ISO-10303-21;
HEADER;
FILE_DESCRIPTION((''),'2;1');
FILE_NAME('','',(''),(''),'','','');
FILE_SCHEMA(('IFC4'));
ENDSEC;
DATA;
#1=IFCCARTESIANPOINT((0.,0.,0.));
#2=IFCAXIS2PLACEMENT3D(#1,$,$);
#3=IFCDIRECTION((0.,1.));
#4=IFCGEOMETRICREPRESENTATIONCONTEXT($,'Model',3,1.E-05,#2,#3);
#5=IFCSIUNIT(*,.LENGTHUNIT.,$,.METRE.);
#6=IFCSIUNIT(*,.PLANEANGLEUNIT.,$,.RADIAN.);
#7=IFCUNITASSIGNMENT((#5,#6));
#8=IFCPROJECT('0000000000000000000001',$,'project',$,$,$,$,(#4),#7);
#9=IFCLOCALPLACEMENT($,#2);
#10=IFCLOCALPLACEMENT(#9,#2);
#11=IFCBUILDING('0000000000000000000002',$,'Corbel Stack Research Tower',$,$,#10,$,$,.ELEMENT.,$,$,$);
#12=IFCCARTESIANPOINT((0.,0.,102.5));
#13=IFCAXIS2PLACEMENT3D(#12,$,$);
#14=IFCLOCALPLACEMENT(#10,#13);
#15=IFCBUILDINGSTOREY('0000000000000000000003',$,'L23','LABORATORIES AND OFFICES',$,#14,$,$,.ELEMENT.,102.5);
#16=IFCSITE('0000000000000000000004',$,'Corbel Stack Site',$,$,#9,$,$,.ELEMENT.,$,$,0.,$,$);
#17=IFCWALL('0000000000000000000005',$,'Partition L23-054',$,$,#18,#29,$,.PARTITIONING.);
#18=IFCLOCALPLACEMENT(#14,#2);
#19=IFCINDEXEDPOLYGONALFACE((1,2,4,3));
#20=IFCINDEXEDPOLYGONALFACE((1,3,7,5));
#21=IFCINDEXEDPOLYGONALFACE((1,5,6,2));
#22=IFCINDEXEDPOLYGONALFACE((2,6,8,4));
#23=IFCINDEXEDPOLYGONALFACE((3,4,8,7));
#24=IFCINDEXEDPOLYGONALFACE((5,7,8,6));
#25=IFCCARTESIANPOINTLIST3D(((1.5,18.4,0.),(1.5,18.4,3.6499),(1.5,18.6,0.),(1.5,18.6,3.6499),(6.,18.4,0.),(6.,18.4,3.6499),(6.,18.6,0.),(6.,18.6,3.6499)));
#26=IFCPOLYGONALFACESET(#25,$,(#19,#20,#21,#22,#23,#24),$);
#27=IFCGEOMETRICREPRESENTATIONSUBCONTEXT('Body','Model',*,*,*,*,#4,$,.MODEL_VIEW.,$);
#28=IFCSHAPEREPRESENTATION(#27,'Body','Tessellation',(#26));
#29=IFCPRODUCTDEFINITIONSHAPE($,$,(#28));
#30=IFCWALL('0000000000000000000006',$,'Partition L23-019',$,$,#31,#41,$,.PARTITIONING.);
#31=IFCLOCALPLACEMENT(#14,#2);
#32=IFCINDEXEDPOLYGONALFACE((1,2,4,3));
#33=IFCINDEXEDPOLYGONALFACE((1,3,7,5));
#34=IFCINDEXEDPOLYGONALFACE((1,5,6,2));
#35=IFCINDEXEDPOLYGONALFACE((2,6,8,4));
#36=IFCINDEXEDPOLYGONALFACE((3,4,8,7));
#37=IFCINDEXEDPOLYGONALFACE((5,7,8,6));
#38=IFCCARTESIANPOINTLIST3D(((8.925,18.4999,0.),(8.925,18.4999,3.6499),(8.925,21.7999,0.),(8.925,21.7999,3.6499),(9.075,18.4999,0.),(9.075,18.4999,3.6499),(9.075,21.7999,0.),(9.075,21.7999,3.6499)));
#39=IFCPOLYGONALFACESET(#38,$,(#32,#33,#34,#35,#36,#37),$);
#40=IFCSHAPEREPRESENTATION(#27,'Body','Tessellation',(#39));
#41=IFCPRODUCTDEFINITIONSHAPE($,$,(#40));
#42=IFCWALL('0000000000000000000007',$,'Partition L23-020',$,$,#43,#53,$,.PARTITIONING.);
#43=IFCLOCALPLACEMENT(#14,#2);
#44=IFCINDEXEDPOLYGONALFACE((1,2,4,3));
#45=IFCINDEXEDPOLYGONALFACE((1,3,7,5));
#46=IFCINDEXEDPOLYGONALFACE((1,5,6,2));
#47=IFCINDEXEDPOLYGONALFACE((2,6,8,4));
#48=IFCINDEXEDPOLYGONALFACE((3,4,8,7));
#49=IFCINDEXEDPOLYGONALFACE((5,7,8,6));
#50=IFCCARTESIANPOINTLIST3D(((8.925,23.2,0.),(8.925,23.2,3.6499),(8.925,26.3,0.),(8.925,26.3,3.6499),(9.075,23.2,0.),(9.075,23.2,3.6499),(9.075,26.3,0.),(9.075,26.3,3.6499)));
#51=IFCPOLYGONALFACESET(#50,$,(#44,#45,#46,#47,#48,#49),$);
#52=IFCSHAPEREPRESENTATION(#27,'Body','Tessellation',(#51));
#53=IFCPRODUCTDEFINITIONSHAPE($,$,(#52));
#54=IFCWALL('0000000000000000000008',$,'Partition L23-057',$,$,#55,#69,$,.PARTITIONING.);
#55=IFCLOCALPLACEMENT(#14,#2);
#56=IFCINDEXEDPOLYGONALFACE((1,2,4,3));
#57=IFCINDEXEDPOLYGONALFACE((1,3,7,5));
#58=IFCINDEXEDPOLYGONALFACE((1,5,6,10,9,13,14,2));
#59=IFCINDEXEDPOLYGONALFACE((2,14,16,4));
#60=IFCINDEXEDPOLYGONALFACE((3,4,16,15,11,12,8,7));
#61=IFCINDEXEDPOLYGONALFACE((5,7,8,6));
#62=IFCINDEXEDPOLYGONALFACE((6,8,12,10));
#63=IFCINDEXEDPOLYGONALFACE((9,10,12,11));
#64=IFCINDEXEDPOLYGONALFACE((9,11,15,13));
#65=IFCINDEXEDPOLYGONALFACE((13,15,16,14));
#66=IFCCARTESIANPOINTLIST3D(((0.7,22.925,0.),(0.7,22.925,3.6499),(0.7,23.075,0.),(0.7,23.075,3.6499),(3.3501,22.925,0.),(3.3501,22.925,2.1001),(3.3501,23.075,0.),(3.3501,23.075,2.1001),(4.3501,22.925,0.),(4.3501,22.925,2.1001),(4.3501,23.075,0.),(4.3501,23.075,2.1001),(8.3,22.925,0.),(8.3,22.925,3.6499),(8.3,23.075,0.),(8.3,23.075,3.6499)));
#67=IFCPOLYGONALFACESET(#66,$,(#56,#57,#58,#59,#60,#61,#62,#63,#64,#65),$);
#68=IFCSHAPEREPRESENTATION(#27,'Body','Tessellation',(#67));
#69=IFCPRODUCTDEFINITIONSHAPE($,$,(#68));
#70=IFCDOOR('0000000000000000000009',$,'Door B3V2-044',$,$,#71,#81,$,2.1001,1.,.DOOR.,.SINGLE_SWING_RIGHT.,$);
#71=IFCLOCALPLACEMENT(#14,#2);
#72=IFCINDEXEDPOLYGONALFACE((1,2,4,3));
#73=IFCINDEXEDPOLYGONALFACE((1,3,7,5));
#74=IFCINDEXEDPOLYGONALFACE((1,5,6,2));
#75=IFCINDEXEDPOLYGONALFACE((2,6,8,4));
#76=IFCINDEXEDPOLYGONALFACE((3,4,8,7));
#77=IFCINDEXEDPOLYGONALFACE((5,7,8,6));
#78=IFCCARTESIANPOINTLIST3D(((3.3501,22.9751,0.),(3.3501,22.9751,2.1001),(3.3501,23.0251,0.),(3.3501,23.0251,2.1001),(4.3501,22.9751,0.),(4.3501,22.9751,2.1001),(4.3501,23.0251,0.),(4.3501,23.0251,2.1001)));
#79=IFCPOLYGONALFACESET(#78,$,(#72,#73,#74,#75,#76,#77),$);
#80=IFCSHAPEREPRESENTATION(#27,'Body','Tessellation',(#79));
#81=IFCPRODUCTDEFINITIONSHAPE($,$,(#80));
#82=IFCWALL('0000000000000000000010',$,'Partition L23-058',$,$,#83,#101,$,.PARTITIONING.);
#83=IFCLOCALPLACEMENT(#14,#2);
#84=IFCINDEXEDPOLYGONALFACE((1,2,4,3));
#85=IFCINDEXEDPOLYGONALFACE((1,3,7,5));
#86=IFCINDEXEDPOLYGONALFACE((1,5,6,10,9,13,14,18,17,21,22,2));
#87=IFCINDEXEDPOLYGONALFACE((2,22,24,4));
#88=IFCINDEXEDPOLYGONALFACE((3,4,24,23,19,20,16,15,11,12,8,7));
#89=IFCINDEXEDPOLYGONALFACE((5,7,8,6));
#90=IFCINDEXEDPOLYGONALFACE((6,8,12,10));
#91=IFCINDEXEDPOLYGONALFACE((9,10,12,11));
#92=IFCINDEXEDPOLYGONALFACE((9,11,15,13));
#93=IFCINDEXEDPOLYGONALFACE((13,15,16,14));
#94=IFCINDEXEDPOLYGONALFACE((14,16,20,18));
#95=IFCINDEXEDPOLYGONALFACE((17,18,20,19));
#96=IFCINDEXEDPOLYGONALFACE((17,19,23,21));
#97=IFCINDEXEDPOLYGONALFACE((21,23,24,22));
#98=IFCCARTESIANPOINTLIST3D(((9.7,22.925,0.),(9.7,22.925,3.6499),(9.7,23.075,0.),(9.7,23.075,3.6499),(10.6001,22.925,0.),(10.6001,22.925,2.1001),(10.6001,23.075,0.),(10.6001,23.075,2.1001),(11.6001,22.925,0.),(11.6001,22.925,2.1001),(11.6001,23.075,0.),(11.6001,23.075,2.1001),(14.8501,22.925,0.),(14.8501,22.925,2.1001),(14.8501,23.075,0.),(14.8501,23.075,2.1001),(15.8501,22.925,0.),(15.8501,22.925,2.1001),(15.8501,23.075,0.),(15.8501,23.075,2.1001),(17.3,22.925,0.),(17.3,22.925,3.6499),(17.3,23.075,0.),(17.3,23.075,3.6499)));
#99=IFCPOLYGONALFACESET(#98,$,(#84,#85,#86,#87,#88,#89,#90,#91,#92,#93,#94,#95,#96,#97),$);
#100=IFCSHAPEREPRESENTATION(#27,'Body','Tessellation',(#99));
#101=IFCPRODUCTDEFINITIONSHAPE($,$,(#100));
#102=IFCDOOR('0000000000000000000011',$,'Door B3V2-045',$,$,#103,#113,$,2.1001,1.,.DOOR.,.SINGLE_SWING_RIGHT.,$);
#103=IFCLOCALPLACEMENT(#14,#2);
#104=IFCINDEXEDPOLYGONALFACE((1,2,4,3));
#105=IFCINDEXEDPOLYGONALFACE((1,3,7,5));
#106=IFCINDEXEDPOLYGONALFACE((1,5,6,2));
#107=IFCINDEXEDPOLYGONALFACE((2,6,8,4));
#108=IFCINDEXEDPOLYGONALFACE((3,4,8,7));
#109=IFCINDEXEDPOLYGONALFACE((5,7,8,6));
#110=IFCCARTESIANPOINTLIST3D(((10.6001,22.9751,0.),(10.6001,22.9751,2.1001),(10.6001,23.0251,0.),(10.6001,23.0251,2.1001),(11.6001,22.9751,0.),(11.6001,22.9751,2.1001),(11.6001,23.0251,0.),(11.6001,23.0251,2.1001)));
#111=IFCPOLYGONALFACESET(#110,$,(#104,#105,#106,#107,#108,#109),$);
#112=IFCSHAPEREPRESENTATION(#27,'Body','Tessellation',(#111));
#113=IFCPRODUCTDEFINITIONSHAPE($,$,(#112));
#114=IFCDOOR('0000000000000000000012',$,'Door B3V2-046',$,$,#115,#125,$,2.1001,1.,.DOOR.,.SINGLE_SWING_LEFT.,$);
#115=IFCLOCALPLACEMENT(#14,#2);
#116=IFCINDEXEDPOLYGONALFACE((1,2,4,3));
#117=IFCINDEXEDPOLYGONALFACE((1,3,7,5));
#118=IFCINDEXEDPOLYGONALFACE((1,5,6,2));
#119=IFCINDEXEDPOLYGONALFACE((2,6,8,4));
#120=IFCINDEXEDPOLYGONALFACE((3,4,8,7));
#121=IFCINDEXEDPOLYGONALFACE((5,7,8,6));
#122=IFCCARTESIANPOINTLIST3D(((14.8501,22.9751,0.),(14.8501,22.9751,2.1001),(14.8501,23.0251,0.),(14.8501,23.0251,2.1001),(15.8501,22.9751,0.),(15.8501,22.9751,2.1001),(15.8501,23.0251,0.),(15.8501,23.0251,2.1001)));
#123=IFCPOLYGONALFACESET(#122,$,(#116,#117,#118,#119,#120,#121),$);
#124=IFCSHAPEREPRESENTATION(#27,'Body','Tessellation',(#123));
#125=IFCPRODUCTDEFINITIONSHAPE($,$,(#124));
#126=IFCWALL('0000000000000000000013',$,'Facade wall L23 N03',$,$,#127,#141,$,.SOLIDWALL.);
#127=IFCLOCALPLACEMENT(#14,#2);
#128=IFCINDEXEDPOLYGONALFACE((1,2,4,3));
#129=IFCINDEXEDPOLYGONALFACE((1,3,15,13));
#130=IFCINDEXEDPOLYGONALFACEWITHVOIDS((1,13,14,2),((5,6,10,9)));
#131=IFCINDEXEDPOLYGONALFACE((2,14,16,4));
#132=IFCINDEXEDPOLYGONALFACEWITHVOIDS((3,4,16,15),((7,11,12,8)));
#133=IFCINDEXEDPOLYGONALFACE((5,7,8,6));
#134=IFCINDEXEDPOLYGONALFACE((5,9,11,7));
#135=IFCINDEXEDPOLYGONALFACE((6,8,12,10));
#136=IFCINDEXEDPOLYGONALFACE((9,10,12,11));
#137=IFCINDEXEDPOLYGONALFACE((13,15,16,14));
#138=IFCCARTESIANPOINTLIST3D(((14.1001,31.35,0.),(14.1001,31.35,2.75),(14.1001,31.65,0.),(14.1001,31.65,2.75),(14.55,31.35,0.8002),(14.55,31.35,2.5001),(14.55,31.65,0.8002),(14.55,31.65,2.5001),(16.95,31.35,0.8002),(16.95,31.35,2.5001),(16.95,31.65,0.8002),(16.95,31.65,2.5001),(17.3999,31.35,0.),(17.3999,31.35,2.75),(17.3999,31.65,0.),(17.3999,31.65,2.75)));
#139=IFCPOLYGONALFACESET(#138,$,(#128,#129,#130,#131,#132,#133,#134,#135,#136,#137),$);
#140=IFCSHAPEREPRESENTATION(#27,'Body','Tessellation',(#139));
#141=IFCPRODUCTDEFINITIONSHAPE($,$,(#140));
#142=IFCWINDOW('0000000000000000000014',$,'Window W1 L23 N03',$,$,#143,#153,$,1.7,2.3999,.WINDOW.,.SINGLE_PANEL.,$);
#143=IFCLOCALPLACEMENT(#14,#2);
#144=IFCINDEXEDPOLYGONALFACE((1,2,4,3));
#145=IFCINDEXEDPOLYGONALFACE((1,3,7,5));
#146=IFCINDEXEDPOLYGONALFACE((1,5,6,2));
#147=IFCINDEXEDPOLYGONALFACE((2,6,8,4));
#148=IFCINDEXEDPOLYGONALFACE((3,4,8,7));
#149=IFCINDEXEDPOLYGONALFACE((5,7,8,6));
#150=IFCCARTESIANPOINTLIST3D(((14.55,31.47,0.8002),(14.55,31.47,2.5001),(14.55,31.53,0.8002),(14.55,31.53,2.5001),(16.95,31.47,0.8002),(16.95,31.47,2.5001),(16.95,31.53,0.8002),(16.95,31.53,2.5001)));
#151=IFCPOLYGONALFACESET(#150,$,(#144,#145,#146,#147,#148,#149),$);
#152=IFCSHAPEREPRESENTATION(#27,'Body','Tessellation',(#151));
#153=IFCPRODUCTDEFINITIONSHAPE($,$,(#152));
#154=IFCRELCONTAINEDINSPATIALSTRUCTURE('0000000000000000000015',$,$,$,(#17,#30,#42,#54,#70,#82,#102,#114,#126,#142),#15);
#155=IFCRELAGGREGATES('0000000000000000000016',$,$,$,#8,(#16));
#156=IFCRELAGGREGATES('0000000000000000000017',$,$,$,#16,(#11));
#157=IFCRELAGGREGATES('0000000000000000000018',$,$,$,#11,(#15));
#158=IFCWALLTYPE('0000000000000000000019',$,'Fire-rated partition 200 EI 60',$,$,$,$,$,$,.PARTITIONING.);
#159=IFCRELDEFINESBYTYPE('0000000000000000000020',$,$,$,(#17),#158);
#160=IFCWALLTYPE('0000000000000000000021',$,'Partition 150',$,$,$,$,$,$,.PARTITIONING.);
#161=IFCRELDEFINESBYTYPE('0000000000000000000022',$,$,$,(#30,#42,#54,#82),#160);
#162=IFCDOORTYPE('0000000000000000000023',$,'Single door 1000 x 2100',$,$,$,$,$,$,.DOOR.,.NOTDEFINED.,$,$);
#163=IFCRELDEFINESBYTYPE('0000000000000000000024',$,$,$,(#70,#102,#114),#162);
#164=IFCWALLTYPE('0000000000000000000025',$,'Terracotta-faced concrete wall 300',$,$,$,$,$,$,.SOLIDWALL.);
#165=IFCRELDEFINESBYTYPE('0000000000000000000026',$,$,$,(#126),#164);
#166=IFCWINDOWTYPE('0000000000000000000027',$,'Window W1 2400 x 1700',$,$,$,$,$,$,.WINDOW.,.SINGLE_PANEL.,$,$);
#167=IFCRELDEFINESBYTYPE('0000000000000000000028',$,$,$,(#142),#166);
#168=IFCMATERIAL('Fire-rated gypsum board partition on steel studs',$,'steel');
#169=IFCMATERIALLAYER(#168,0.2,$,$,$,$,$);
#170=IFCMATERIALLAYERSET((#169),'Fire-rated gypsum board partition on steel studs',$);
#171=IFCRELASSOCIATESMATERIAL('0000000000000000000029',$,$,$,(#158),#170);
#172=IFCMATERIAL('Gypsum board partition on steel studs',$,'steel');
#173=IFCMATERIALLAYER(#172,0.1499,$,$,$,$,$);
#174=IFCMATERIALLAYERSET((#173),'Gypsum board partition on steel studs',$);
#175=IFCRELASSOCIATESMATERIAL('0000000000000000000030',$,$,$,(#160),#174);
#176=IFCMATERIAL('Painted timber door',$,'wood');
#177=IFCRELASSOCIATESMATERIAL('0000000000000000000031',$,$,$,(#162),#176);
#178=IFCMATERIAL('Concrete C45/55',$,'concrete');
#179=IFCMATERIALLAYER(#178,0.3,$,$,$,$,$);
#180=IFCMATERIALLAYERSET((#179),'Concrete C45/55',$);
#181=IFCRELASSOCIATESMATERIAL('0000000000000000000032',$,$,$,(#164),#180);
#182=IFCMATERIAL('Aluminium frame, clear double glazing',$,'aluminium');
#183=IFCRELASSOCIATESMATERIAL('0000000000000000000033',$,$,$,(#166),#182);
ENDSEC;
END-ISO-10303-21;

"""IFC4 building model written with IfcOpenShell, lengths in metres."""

from ifc_helpers import new_model, si_unit, direction, frame, frame_2d, origin, place, context, subcontext, project, spatial, rectangle, extrude, material, layer, layer_set, type_object, element, fill, save


model = new_model("IFC4")

# Units and contexts
model_context = context("Model", 3, precision=1e-05, world=origin(), true_north=direction((0.0, 1.0)))
body_context = subcontext(model_context, "Body", "Model", "MODEL_VIEW")
ifc_project = project(units=[si_unit("LENGTHUNIT", "METRE"), si_unit("PLANEANGLEUNIT", "RADIAN")], contexts=[model_context])

# Site, building, storey
site_placement = place(None, origin())
site = spatial("IfcSite", under=ifc_project, at=site_placement, Name="Corbel Stack Site", CompositionType="ELEMENT", RefElevation=0.0)
building_placement = place(site_placement, origin())
building = spatial("IfcBuilding", under=site, at=building_placement, Name="Corbel Stack Research Tower", CompositionType="ELEMENT")
storey_placement = place(building_placement, frame((0.0, 0.0, 102.5)))
storey = spatial("IfcBuildingStorey", under=building, at=storey_placement, Name="L23", Description="LABORATORIES AND OFFICES", CompositionType="ELEMENT", Elevation=102.5)

# Walls
ifc_material_1 = material(Name="Fire-rated gypsum board partition on steel studs", Category="steel")
ifc_layer_1 = layer(ifc_material_1, 0.2)
ifc_layer_set_1 = layer_set([ifc_layer_1], Name="Fire-rated gypsum board partition on steel studs")
wall_type_1 = type_object("IfcWallType", Name="Fire-rated partition 200 EI 60", PredefinedType="PARTITIONING", material=ifc_layer_set_1)
wall_1_placement = place(storey_placement, frame((1.5, 18.5, 0.0), z_axis=(0.0, 0.0, 1.0), x_axis=(1.0, 0.0, 0.0)))
element("IfcWall", 1, at=wall_1_placement, inside=storey, type_object=wall_type_1, Name="Partition L23-054", PredefinedType="PARTITIONING", context=body_context, shape_type="SweptSolid", body=[
    extrude(rectangle(XDim=4.5, YDim=0.2, at=frame_2d((2.25, 0.0))), origin(), (0.0, 0.0, 1.0), 3.6499),
])
ifc_material_2 = material(Name="Gypsum board partition on steel studs", Category="steel")
ifc_layer_2 = layer(ifc_material_2, 0.1499)
ifc_layer_set_2 = layer_set([ifc_layer_2], Name="Gypsum board partition on steel studs")
wall_type_2 = type_object("IfcWallType", Name="Partition 150", PredefinedType="PARTITIONING", material=ifc_layer_set_2)
wall_2_placement = place(storey_placement, frame((9.0, 18.5, 0.0), z_axis=(0.0, 0.0, 1.0), x_axis=(0.0, 1.0, 0.0)))
element("IfcWall", 2, at=wall_2_placement, inside=storey, type_object=wall_type_2, Name="Partition L23-019", PredefinedType="PARTITIONING", context=body_context, shape_type="SweptSolid", body=[
    extrude(rectangle(XDim=3.3, YDim=0.1499, at=frame_2d((1.6499, 0.0))), origin(), (0.0, 0.0, 1.0), 3.6499),
])
wall_3_placement = place(storey_placement, frame((9.0, 23.2, 0.0), z_axis=(0.0, 0.0, 1.0), x_axis=(0.0, 1.0, 0.0)))
element("IfcWall", 3, at=wall_3_placement, inside=storey, type_object=wall_type_2, Name="Partition L23-020", PredefinedType="PARTITIONING", context=body_context, shape_type="SweptSolid", body=[
    extrude(rectangle(XDim=3.1001, YDim=0.1499, at=frame_2d((1.55, 0.0))), origin(), (0.0, 0.0, 1.0), 3.6499),
])

# Wall, opening, door
wall_4_placement = place(storey_placement, frame((8.3, 23.0, 0.0), z_axis=(0.0, 0.0, 1.0), x_axis=(-1.0, 0.0, 0.0)))
wall_4 = element("IfcWall", 4, at=wall_4_placement, inside=storey, type_object=wall_type_2, Name="Partition L23-057", PredefinedType="PARTITIONING", context=body_context, shape_type="SweptSolid", body=[
    extrude(rectangle(XDim=7.6001, YDim=0.1499, at=frame_2d((3.8, 0.0))), origin(), (0.0, 0.0, 1.0), 3.6499),
])
opening_1_placement = place(wall_4_placement, frame((3.95, 0.0, 0.0)))
opening_1 = element("IfcOpeningElement", 5, at=opening_1_placement, cuts=wall_4, PredefinedType="OPENING", context=body_context, shape_type="SweptSolid", body=[
    extrude(rectangle(XDim=1.0, YDim=2.1001, at=frame_2d((0.5, 1.05))), frame((0.0, 0.085, 0.0), z_axis=(0.0, -1.0, 0.0), x_axis=(1.0, 0.0, 0.0)), (0.0, 0.0, 1.0), 0.1699),
])
ifc_material_3 = material(Name="Painted timber door", Category="wood")
door_type_1 = type_object("IfcDoorType", Name="Single door 1000 x 2100", OperationType="NOTDEFINED", PredefinedType="DOOR", material=ifc_material_3)
door_1_placement = place(opening_1_placement, origin())
door_1 = element("IfcDoor", 6, at=door_1_placement, inside=storey, type_object=door_type_1, Name="Door B3V2-044", OperationType="SINGLE_SWING_RIGHT", OverallHeight=2.1001, OverallWidth=1.0, PredefinedType="DOOR", context=body_context, shape_type="SweptSolid", body=[
    extrude(rectangle(XDim=1.0, YDim=2.1001, at=frame_2d((0.5, 1.05))), frame((0.0, 0.0249, 0.0), z_axis=(0.0, -1.0, 0.0), x_axis=(1.0, 0.0, 0.0)), (0.0, 0.0, 1.0), 0.05),
])
fill(opening_1, door_1)

# Wall, openings, doors
wall_5_placement = place(storey_placement, frame((17.3, 23.0, 0.0), z_axis=(0.0, 0.0, 1.0), x_axis=(-1.0, 0.0, 0.0)))
wall_5 = element("IfcWall", 7, at=wall_5_placement, inside=storey, type_object=wall_type_2, Name="Partition L23-058", PredefinedType="PARTITIONING", context=body_context, shape_type="SweptSolid", body=[
    extrude(rectangle(XDim=7.6001, YDim=0.1499, at=frame_2d((3.8, 0.0))), origin(), (0.0, 0.0, 1.0), 3.6499),
])
opening_2_placement = place(wall_5_placement, frame((5.7, 0.0, 0.0)))
opening_2 = element("IfcOpeningElement", 8, at=opening_2_placement, cuts=wall_5, PredefinedType="OPENING", context=body_context, shape_type="SweptSolid", body=[
    extrude(rectangle(XDim=1.0, YDim=2.1001, at=frame_2d((0.5, 1.05))), frame((0.0, 0.085, 0.0), z_axis=(0.0, -1.0, 0.0), x_axis=(1.0, 0.0, 0.0)), (0.0, 0.0, 1.0), 0.1699),
])
opening_3_placement = place(wall_5_placement, frame((1.45, 0.0, 0.0)))
opening_3 = element("IfcOpeningElement", 9, at=opening_3_placement, cuts=wall_5, PredefinedType="OPENING", context=body_context, shape_type="SweptSolid", body=[
    extrude(rectangle(XDim=1.0, YDim=2.1001, at=frame_2d((0.5, 1.05))), frame((0.0, 0.085, 0.0), z_axis=(0.0, -1.0, 0.0), x_axis=(1.0, 0.0, 0.0)), (0.0, 0.0, 1.0), 0.1699),
])
door_2_placement = place(opening_2_placement, origin())
door_2 = element("IfcDoor", 10, at=door_2_placement, inside=storey, type_object=door_type_1, Name="Door B3V2-045", OperationType="SINGLE_SWING_RIGHT", OverallHeight=2.1001, OverallWidth=1.0, PredefinedType="DOOR", context=body_context, shape_type="SweptSolid", body=[
    extrude(rectangle(XDim=1.0, YDim=2.1001, at=frame_2d((0.5, 1.05))), frame((0.0, 0.0249, 0.0), z_axis=(0.0, -1.0, 0.0), x_axis=(1.0, 0.0, 0.0)), (0.0, 0.0, 1.0), 0.05),
])
fill(opening_2, door_2)
door_3_placement = place(opening_3_placement, origin())
door_3 = element("IfcDoor", 11, at=door_3_placement, inside=storey, type_object=door_type_1, Name="Door B3V2-046", OperationType="SINGLE_SWING_LEFT", OverallHeight=2.1001, OverallWidth=1.0, PredefinedType="DOOR", context=body_context, shape_type="SweptSolid", body=[
    extrude(rectangle(XDim=1.0, YDim=2.1001, at=frame_2d((0.5, 1.05))), frame((0.0, 0.0249, 0.0), z_axis=(0.0, -1.0, 0.0), x_axis=(1.0, 0.0, 0.0)), (0.0, 0.0, 1.0), 0.05),
])
fill(opening_3, door_3)

# Wall, opening, window
ifc_material_4 = material(Name="Concrete C45/55", Category="concrete")
ifc_layer_3 = layer(ifc_material_4, 0.3)
ifc_layer_set_3 = layer_set([ifc_layer_3], Name="Concrete C45/55")
wall_type_3 = type_object("IfcWallType", Name="Terracotta-faced concrete wall 300", PredefinedType="SOLIDWALL", material=ifc_layer_set_3)
wall_6_placement = place(storey_placement, frame((14.1001, 31.5, 0.0), z_axis=(0.0, 0.0, 1.0), x_axis=(1.0, 0.0, 0.0)))
wall_6 = element("IfcWall", 12, at=wall_6_placement, inside=storey, type_object=wall_type_3, Name="Facade wall L23 N03", PredefinedType="SOLIDWALL", context=body_context, shape_type="SweptSolid", body=[
    extrude(rectangle(XDim=3.2998, YDim=0.3, at=frame_2d((1.6499, 0.0))), origin(), (0.0, 0.0, 1.0), 2.75),
])
opening_4_placement = place(wall_6_placement, frame((0.45, 0.0, 0.8)))
opening_4 = element("IfcOpeningElement", 13, at=opening_4_placement, cuts=wall_6, PredefinedType="OPENING", context=body_context, shape_type="SweptSolid", body=[
    extrude(rectangle(XDim=2.3999, YDim=1.7, at=frame_2d((1.2, 0.8501))), frame((0.0, 0.1599, 0.0), z_axis=(0.0, -1.0, 0.0), x_axis=(1.0, 0.0, 0.0)), (0.0, 0.0, 1.0), 0.3201),
])
ifc_material_5 = material(Name="Aluminium frame, clear double glazing", Category="aluminium")
window_type = type_object("IfcWindowType", Name="Window W1 2400 x 1700", PartitioningType="SINGLE_PANEL", PredefinedType="WINDOW", material=ifc_material_5)
window_1_placement = place(opening_4_placement, origin())
window_1 = element("IfcWindow", 14, at=window_1_placement, inside=storey, type_object=window_type, Name="Window W1 L23 N03", OverallHeight=1.7, OverallWidth=2.3999, PartitioningType="SINGLE_PANEL", PredefinedType="WINDOW", context=body_context, shape_type="SweptSolid", body=[
    extrude(rectangle(XDim=2.3999, YDim=1.7, at=frame_2d((1.2, 0.8501))), frame((0.0, 0.03, 0.0), z_axis=(0.0, -1.0, 0.0), x_axis=(1.0, 0.0, 0.0)), (0.0, 0.0, 1.0), 0.0601),
])
fill(opening_4, window_1)

save(model, "model.ifc")
